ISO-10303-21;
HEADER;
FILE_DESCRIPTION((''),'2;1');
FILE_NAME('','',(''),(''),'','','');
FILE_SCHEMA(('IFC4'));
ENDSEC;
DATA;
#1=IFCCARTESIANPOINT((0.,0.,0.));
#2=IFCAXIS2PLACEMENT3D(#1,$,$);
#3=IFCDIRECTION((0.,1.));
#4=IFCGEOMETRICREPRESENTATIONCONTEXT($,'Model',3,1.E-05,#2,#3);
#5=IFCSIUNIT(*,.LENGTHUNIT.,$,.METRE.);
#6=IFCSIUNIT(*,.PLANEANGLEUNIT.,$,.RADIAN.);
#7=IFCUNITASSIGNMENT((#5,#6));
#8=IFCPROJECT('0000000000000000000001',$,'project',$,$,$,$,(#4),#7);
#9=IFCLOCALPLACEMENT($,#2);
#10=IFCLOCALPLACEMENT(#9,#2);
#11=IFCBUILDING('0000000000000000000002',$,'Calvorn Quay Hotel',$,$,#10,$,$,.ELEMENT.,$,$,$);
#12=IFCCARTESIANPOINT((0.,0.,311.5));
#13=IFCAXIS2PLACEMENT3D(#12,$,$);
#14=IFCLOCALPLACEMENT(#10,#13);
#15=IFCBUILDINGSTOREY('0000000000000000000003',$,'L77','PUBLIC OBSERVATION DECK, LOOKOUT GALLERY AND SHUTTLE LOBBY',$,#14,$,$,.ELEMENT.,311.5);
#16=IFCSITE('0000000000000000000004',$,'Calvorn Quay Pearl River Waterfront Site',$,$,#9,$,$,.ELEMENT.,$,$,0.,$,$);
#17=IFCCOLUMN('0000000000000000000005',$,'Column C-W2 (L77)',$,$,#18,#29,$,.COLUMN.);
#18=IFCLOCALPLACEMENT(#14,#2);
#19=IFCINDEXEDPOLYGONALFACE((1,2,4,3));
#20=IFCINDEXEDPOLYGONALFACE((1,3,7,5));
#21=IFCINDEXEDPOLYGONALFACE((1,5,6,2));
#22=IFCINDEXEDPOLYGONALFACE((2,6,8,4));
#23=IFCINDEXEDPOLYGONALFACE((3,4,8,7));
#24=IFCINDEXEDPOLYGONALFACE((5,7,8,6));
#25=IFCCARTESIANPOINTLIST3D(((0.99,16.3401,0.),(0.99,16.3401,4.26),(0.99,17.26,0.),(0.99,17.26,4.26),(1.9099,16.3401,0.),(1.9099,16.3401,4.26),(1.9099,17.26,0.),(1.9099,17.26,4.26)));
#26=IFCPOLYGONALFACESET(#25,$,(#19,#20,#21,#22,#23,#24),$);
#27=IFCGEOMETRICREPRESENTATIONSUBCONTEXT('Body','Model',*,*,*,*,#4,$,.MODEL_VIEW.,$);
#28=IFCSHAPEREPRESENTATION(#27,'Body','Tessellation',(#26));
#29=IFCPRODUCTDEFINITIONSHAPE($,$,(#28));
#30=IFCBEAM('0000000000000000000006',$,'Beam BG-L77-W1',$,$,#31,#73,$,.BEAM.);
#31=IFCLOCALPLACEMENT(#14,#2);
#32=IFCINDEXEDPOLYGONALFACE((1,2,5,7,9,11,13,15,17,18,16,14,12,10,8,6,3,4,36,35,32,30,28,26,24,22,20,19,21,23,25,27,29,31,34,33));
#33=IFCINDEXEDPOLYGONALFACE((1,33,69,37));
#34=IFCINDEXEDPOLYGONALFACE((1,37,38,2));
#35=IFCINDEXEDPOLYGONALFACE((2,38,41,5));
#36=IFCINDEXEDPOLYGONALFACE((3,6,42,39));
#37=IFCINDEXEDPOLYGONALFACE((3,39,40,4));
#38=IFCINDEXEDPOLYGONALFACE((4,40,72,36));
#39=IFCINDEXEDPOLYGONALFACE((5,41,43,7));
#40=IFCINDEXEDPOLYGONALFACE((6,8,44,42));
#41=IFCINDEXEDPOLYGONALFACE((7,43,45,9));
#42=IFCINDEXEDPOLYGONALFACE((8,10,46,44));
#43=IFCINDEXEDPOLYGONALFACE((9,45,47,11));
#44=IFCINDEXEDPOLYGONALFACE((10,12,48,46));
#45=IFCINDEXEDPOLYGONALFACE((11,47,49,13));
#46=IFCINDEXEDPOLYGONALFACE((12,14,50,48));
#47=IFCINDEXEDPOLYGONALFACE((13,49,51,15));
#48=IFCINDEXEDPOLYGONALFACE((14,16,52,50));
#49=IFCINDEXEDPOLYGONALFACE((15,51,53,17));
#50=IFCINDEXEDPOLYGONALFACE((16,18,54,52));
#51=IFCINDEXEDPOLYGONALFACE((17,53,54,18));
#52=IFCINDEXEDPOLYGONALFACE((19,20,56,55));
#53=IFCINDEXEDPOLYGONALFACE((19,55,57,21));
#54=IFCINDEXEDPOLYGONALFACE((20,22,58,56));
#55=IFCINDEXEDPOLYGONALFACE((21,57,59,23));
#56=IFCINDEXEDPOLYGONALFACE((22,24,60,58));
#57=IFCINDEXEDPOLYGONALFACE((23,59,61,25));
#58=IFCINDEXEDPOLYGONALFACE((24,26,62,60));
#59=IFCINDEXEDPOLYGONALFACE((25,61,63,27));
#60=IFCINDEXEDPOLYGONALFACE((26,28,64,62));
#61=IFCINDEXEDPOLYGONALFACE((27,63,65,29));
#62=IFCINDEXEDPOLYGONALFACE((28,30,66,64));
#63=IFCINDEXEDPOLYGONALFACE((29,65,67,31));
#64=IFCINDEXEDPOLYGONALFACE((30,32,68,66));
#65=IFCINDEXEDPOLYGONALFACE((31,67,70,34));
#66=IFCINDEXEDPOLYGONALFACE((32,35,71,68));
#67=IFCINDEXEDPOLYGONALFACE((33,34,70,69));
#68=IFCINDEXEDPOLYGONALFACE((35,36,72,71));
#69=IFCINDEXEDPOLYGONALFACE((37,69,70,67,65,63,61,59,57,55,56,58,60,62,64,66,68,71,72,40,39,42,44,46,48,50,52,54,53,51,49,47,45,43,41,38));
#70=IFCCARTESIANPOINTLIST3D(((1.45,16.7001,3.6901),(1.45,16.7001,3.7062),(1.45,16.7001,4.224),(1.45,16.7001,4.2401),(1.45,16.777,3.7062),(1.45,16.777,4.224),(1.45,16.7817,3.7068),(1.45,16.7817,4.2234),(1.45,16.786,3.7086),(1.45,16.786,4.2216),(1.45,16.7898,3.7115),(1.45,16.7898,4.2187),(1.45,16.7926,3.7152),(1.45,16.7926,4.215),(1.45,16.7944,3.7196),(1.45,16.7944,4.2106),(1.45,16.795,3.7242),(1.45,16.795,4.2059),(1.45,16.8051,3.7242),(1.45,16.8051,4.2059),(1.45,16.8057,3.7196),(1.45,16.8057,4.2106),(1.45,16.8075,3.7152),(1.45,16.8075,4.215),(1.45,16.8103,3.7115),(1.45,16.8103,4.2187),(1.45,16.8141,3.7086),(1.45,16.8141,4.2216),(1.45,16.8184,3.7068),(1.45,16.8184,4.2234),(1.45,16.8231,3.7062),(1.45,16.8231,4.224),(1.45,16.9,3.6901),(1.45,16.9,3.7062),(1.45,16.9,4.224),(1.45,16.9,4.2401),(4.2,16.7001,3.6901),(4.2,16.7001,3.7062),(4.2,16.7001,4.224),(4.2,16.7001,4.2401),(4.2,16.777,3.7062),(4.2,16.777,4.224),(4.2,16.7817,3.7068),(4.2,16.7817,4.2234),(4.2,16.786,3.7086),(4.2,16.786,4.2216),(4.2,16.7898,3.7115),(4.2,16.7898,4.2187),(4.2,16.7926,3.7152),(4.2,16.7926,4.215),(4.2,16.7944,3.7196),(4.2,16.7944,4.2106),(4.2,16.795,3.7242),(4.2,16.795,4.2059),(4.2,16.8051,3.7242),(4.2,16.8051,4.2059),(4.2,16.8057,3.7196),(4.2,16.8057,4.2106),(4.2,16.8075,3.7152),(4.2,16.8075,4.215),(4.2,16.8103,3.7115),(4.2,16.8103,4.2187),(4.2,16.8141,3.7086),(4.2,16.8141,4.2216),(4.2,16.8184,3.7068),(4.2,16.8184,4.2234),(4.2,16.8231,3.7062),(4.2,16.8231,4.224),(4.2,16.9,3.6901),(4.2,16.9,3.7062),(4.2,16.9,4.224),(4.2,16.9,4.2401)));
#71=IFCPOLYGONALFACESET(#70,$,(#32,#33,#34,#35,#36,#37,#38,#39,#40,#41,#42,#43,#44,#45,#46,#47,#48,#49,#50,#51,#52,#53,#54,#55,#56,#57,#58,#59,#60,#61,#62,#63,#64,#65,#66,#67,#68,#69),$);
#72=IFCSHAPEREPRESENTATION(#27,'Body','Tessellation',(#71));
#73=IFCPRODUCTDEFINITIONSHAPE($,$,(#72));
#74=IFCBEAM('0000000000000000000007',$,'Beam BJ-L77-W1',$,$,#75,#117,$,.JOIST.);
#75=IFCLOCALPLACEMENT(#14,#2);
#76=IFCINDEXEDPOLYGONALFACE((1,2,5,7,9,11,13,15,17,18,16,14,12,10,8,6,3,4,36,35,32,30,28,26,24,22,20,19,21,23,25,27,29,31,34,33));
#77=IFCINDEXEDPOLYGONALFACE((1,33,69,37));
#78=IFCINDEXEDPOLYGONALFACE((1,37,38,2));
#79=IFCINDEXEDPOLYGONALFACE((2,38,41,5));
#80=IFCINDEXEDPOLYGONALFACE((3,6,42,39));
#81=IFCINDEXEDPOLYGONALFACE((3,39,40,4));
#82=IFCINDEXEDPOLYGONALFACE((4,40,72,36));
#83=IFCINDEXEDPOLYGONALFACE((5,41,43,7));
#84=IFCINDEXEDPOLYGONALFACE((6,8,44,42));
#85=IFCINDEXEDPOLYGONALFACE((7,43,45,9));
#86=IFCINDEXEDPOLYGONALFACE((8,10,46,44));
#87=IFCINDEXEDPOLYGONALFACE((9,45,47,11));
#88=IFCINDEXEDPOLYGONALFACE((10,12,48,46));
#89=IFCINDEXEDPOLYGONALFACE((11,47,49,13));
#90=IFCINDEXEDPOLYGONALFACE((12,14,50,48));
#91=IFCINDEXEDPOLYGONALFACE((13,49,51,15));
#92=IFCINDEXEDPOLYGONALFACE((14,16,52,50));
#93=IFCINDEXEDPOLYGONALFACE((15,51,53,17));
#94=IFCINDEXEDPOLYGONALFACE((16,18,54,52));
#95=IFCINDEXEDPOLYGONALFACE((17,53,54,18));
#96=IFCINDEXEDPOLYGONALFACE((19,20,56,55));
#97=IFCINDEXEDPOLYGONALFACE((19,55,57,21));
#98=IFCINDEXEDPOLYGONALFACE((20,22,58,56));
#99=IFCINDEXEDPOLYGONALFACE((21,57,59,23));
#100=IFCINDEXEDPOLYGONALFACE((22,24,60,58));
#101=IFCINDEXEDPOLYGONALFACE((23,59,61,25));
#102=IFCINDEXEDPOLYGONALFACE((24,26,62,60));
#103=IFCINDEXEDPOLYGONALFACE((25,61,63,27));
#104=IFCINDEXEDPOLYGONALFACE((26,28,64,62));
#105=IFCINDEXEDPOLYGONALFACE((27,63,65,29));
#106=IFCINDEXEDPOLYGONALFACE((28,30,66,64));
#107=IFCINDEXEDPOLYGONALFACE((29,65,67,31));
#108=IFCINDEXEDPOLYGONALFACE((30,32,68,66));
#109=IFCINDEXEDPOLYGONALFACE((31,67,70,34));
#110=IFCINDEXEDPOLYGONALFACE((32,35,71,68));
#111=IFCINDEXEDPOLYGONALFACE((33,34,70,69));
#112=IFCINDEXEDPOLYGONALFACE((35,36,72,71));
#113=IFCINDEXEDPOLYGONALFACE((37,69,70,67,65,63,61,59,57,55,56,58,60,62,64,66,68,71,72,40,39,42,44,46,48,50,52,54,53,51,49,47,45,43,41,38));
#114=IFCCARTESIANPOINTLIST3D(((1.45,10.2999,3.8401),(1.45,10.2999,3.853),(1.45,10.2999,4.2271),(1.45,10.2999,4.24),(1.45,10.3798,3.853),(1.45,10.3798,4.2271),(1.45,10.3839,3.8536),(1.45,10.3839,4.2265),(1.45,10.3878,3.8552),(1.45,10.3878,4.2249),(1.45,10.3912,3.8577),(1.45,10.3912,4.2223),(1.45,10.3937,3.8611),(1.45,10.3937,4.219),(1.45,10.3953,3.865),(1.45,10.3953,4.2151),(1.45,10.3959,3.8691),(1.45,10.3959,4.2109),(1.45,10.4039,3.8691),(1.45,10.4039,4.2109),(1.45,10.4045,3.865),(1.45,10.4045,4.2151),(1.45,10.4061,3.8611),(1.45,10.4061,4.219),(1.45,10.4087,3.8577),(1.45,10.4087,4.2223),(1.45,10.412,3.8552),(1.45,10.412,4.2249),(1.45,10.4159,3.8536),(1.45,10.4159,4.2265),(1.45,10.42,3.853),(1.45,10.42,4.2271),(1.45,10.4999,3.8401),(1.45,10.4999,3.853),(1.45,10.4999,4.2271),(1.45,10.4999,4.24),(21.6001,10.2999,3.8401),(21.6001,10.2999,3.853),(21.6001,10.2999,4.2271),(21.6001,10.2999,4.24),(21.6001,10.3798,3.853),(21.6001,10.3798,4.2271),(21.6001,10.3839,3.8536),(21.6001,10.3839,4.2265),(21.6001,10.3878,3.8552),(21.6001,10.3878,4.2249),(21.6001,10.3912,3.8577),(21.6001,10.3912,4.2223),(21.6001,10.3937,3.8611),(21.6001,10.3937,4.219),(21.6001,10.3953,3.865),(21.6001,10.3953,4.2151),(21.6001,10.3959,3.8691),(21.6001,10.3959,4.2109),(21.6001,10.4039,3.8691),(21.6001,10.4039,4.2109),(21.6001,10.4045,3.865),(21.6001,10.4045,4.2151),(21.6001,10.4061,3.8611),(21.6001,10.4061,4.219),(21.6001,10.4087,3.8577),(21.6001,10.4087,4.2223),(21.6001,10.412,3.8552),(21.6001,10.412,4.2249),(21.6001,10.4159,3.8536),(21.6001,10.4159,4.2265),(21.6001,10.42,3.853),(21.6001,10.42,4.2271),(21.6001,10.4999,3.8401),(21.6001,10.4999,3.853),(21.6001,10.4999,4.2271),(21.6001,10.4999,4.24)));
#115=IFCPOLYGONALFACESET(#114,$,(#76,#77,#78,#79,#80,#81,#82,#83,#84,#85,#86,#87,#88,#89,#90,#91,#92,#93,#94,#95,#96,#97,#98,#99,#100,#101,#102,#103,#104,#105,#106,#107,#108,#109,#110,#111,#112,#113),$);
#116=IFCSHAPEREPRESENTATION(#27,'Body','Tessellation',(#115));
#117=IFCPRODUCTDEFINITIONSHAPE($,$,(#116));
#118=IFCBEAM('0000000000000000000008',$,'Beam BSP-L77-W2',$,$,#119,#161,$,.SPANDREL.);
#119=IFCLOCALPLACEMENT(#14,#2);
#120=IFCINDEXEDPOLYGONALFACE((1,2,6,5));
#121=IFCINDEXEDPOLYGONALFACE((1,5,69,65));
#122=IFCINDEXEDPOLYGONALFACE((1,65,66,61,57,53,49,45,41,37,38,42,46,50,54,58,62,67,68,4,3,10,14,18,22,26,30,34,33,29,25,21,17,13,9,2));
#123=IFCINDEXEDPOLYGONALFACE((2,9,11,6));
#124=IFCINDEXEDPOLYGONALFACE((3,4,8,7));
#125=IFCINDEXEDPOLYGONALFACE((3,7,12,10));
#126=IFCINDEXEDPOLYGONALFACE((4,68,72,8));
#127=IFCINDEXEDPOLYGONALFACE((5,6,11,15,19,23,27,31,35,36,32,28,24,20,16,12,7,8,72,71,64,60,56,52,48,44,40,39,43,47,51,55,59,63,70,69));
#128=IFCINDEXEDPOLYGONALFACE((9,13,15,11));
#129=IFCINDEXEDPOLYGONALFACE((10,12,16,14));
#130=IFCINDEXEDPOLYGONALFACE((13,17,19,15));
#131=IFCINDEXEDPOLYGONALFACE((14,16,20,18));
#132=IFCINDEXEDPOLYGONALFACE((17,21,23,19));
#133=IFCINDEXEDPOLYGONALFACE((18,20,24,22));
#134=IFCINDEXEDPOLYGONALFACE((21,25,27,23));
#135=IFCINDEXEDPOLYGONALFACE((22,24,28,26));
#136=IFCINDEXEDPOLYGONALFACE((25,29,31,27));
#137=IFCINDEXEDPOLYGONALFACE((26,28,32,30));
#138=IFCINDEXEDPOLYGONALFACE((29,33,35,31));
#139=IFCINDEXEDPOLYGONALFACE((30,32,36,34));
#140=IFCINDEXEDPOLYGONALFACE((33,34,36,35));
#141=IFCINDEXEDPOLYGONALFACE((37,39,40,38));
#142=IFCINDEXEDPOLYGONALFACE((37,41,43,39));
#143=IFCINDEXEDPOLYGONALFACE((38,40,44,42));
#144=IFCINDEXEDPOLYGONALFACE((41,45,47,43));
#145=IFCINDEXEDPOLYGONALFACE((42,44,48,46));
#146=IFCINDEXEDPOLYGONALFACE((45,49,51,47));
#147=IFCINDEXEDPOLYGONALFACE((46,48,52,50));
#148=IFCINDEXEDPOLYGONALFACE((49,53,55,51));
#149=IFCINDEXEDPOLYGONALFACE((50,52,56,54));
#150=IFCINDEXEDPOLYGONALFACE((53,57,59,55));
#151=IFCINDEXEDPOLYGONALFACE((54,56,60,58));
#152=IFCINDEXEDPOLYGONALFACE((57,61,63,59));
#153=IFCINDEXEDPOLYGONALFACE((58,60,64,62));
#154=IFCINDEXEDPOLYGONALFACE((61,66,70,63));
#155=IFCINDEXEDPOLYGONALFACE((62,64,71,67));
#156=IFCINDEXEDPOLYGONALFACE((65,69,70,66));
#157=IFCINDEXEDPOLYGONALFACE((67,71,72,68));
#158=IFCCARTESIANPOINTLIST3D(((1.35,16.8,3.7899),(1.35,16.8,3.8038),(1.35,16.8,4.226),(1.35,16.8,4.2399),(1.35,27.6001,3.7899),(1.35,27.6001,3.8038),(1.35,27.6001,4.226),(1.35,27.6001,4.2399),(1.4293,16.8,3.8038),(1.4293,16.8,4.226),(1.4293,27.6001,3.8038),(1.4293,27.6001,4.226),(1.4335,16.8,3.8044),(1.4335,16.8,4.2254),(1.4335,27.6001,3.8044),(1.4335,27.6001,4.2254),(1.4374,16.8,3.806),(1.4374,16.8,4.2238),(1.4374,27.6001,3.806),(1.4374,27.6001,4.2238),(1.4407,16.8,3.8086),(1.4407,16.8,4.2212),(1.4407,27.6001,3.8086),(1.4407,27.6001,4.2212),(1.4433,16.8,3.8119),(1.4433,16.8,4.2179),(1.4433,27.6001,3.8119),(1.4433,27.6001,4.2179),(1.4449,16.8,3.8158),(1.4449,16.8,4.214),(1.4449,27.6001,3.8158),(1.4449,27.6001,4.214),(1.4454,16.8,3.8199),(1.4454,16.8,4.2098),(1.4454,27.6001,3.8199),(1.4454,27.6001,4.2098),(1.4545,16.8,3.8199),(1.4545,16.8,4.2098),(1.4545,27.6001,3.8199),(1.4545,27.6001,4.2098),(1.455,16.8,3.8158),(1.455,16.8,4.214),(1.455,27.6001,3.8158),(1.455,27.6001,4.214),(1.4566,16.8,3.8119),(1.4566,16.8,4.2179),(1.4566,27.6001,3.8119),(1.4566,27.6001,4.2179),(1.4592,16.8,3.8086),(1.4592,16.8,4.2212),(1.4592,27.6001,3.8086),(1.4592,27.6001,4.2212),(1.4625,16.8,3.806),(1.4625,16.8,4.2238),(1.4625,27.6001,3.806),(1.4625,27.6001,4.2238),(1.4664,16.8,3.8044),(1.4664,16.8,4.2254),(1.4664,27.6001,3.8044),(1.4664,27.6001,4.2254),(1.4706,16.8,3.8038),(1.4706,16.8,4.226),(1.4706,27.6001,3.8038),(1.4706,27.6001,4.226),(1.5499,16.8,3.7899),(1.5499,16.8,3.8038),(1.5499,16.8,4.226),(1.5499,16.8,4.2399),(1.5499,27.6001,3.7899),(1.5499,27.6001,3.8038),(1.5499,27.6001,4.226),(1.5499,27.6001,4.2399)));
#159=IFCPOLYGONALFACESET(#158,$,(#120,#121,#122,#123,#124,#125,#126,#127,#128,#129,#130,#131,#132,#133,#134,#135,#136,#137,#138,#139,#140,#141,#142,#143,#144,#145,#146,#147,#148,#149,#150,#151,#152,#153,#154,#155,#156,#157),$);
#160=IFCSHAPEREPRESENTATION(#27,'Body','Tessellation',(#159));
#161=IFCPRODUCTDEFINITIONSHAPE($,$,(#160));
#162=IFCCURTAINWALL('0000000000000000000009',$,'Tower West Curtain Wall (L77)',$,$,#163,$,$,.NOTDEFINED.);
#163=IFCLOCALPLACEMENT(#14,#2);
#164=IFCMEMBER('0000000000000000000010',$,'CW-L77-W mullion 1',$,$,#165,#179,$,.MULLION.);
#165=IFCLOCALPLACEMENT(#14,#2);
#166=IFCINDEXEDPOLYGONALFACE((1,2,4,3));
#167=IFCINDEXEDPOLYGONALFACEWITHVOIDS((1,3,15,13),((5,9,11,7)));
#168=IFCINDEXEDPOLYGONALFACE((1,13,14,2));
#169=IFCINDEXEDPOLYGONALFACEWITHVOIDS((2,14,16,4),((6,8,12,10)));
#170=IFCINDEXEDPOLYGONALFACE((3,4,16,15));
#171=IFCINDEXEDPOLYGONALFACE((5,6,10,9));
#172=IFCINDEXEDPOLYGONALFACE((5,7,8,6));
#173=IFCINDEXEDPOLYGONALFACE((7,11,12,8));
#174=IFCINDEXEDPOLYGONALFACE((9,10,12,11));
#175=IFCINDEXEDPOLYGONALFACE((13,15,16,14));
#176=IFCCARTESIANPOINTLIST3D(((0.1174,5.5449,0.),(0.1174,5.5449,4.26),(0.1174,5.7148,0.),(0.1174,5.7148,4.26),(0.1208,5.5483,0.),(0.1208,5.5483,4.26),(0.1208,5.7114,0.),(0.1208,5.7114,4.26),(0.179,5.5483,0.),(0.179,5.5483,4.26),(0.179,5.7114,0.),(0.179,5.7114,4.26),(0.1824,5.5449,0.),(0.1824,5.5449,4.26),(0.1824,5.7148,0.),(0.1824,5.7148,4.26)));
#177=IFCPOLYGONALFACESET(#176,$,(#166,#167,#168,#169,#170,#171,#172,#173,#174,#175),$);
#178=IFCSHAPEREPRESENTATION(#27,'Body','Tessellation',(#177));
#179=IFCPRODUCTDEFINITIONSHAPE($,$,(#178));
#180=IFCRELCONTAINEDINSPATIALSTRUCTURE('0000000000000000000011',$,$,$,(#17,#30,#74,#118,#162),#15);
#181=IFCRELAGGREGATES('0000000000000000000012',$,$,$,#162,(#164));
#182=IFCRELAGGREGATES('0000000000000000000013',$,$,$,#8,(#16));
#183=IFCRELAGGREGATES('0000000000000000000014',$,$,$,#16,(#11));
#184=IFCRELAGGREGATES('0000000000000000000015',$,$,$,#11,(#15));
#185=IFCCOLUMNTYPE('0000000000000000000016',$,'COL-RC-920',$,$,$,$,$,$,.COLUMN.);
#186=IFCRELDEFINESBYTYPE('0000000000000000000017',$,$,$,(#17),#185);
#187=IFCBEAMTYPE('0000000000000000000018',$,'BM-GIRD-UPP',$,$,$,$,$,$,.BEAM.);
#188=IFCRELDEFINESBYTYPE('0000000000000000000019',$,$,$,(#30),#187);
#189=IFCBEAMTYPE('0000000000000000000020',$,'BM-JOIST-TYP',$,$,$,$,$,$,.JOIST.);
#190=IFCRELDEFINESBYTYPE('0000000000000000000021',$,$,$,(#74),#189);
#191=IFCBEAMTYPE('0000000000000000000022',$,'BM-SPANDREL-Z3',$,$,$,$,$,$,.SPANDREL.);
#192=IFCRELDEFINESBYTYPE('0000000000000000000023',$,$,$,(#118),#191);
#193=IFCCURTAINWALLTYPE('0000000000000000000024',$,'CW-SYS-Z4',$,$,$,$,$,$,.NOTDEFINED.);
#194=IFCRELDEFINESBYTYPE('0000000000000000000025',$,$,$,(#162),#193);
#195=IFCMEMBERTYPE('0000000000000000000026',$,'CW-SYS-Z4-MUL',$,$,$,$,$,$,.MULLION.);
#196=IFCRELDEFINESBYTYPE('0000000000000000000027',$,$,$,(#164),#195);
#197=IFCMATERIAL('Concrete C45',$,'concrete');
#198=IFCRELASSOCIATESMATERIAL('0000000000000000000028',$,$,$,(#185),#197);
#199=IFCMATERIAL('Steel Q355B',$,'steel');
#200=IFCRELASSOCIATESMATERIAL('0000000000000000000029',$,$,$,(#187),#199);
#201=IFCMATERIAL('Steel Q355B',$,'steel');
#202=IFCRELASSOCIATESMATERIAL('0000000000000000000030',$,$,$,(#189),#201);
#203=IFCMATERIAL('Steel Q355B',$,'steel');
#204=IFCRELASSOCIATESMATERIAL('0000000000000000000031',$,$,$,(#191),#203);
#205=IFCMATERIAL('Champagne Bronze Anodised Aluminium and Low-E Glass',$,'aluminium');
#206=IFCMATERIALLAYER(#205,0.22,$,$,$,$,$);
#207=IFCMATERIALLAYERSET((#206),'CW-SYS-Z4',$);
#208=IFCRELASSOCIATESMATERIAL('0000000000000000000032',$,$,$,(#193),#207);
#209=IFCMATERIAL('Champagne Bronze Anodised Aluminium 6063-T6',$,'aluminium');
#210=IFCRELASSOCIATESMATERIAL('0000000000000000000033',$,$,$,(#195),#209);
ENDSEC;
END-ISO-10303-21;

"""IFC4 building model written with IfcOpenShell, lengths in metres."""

from ifc_helpers import new_model, si_unit, direction, frame, origin, origin_2d, place, context, subcontext, project, spatial, rectangle, hollow_rectangle, i_section, extrude, material, layer, layer_set, material_profile, profile_set, type_object, element, aggregate, save


model = new_model("IFC4")

# Units and contexts
model_context = context("Model", 3, precision=1e-05, world=origin(), true_north=direction((0.0, 1.0)))
body_context = subcontext(model_context, "Body", "Model", "MODEL_VIEW")
ifc_project = project(units=[si_unit("LENGTHUNIT", "METRE"), si_unit("PLANEANGLEUNIT", "RADIAN")], contexts=[model_context])

# Site, building, storey
site_placement = place(None, origin())
site = spatial("IfcSite", under=ifc_project, at=site_placement, Name="Calvorn Quay Pearl River Waterfront Site", CompositionType="ELEMENT", RefElevation=0.0)
building_placement = place(site_placement, origin())
building = spatial("IfcBuilding", under=site, at=building_placement, Name="Calvorn Quay Hotel", CompositionType="ELEMENT")
storey_placement = place(building_placement, frame((0.0, 0.0, 311.5)))
storey = spatial("IfcBuildingStorey", under=building, at=storey_placement, Name="L77", Description="PUBLIC OBSERVATION DECK, LOOKOUT GALLERY AND SHUTTLE LOBBY", CompositionType="ELEMENT", Elevation=311.5)

# Column
ifc_material_1 = material(Name="Concrete C45", Category="concrete")
ifc_material_profile_1 = material_profile(ifc_material_1, rectangle(XDim=0.9199, YDim=0.9199, at=origin_2d()), Name="RC920x920")
ifc_profile_set_1 = profile_set([ifc_material_profile_1], Name="Concrete C45")
column_type = type_object("IfcColumnType", Name="COL-RC-920", PredefinedType="COLUMN", material=ifc_profile_set_1)
column_placement = place(storey_placement, frame((1.45, 16.8, 0.0), z_axis=(0.0, 0.0, 1.0), x_axis=(1.0, 0.0, 0.0)))
element("IfcColumn", 1, at=column_placement, inside=storey, type_object=column_type, Name="Column C-W2 (L77)", PredefinedType="COLUMN", context=body_context, shape_type="SweptSolid", body=[
    extrude(rectangle(XDim=0.9199, YDim=0.9199, at=origin_2d()), origin(), (0.0, 0.0, 1.0), 4.26),
])

# Beams
ifc_material_2 = material(Name="Steel Q355B", Category="steel")
ifc_material_profile_2 = material_profile(ifc_material_2, i_section(OverallWidth=0.2, OverallDepth=0.55, WebThickness=0.01, FlangeThickness=0.0161, FilletRadius=0.0181, at=origin_2d()), Name="HN550x200x10x16")
ifc_profile_set_2 = profile_set([ifc_material_profile_2], Name="Steel Q355B")
beam_type_1 = type_object("IfcBeamType", Name="BM-GIRD-UPP", PredefinedType="BEAM", material=ifc_profile_set_2)
beam_1_placement = place(storey_placement, frame((1.45, 16.8, 3.9651), z_axis=(1.0, 0.0, 0.0), x_axis=(0.0, 1.0, 0.0)))
element("IfcBeam", 2, at=beam_1_placement, inside=storey, type_object=beam_type_1, Name="Beam BG-L77-W1", PredefinedType="BEAM", context=body_context, shape_type="SweptSolid", body=[
    extrude(i_section(OverallWidth=0.2, OverallDepth=0.55, WebThickness=0.01, FlangeThickness=0.0161, FilletRadius=0.0181, at=origin_2d()), origin(), (0.0, 0.0, 1.0), 2.75),
])
ifc_material_3 = material(Name="Steel Q355B", Category="steel")
ifc_material_profile_3 = material_profile(ifc_material_3, i_section(OverallWidth=0.2, OverallDepth=0.3999, WebThickness=0.0081, FlangeThickness=0.0129, FilletRadius=0.0161, at=origin_2d()), Name="HN400x200x8x13")
ifc_profile_set_3 = profile_set([ifc_material_profile_3], Name="Steel Q355B")
beam_type_2 = type_object("IfcBeamType", Name="BM-JOIST-TYP", PredefinedType="JOIST", material=ifc_profile_set_3)
beam_2_placement = place(storey_placement, frame((1.45, 10.3999, 4.04), z_axis=(1.0, 0.0, 0.0), x_axis=(0.0, 1.0, 0.0)))
element("IfcBeam", 3, at=beam_2_placement, inside=storey, type_object=beam_type_2, Name="Beam BJ-L77-W1", PredefinedType="JOIST", context=body_context, shape_type="SweptSolid", body=[
    extrude(i_section(OverallWidth=0.2, OverallDepth=0.3999, WebThickness=0.0081, FlangeThickness=0.0129, FilletRadius=0.0161, at=origin_2d()), origin(), (0.0, 0.0, 1.0), 20.1501),
])
ifc_material_4 = material(Name="Steel Q355B", Category="steel")
ifc_material_profile_4 = material_profile(ifc_material_4, i_section(OverallWidth=0.2, OverallDepth=0.45, WebThickness=0.009, FlangeThickness=0.0139, FilletRadius=0.0161, at=origin_2d()), Name="HN450x200x9x14")
ifc_profile_set_4 = profile_set([ifc_material_profile_4], Name="Steel Q355B")
beam_type_3 = type_object("IfcBeamType", Name="BM-SPANDREL-Z3", PredefinedType="SPANDREL", material=ifc_profile_set_4)
beam_3_placement = place(storey_placement, frame((1.45, 16.8, 4.0149), z_axis=(0.0, 1.0, 0.0), x_axis=(-1.0, 0.0, 0.0)))
element("IfcBeam", 4, at=beam_3_placement, inside=storey, type_object=beam_type_3, Name="Beam BSP-L77-W2", PredefinedType="SPANDREL", context=body_context, shape_type="SweptSolid", body=[
    extrude(i_section(OverallWidth=0.2, OverallDepth=0.45, WebThickness=0.009, FlangeThickness=0.0139, FilletRadius=0.0161, at=origin_2d()), origin(), (0.0, 0.0, 1.0), 10.8),
])

# Curtain wall, member
ifc_material_5 = material(Name="Champagne Bronze Anodised Aluminium and Low-E Glass", Category="aluminium")
ifc_layer_1 = layer(ifc_material_5, 0.22)
ifc_layer_set_1 = layer_set([ifc_layer_1], Name="CW-SYS-Z4")
curtain_wall_type = type_object("IfcCurtainWallType", Name="CW-SYS-Z4", PredefinedType="NOTDEFINED", material=ifc_layer_set_1)
curtain_wall_placement = place(storey_placement, origin())
curtain_wall = element("IfcCurtainWall", 5, at=curtain_wall_placement, inside=storey, type_object=curtain_wall_type, Name="Tower West Curtain Wall (L77)", PredefinedType="NOTDEFINED")
ifc_material_6 = material(Name="Champagne Bronze Anodised Aluminium 6063-T6", Category="aluminium")
ifc_material_profile_5 = material_profile(ifc_material_6, hollow_rectangle(XDim=0.0649, YDim=0.1699, WallThickness=0.0034, at=origin_2d()), Name="ALU-M170x65x3.5")
ifc_profile_set_5 = profile_set([ifc_material_profile_5], Name="Champagne Bronze Anodised Aluminium 6063-T6")
member_type_1 = type_object("IfcMemberType", Name="CW-SYS-Z4-MUL", PredefinedType="MULLION", material=ifc_profile_set_5)
member_1_placement = place(storey_placement, frame((0.1499, 5.6299, 0.0), z_axis=(0.0, 0.0, 1.0), x_axis=(-1.0, 0.0, 0.0)))
member_1 = element("IfcMember", 6, at=member_1_placement, type_object=member_type_1, Name="CW-L77-W mullion 1", PredefinedType="MULLION", context=body_context, shape_type="SweptSolid", body=[
    extrude(hollow_rectangle(XDim=0.0649, YDim=0.1699, WallThickness=0.0034, at=origin_2d()), origin(), (0.0, 0.0, 1.0), 4.26),
])
aggregate(curtain_wall, [member_1])

save(model, "model.ifc")
